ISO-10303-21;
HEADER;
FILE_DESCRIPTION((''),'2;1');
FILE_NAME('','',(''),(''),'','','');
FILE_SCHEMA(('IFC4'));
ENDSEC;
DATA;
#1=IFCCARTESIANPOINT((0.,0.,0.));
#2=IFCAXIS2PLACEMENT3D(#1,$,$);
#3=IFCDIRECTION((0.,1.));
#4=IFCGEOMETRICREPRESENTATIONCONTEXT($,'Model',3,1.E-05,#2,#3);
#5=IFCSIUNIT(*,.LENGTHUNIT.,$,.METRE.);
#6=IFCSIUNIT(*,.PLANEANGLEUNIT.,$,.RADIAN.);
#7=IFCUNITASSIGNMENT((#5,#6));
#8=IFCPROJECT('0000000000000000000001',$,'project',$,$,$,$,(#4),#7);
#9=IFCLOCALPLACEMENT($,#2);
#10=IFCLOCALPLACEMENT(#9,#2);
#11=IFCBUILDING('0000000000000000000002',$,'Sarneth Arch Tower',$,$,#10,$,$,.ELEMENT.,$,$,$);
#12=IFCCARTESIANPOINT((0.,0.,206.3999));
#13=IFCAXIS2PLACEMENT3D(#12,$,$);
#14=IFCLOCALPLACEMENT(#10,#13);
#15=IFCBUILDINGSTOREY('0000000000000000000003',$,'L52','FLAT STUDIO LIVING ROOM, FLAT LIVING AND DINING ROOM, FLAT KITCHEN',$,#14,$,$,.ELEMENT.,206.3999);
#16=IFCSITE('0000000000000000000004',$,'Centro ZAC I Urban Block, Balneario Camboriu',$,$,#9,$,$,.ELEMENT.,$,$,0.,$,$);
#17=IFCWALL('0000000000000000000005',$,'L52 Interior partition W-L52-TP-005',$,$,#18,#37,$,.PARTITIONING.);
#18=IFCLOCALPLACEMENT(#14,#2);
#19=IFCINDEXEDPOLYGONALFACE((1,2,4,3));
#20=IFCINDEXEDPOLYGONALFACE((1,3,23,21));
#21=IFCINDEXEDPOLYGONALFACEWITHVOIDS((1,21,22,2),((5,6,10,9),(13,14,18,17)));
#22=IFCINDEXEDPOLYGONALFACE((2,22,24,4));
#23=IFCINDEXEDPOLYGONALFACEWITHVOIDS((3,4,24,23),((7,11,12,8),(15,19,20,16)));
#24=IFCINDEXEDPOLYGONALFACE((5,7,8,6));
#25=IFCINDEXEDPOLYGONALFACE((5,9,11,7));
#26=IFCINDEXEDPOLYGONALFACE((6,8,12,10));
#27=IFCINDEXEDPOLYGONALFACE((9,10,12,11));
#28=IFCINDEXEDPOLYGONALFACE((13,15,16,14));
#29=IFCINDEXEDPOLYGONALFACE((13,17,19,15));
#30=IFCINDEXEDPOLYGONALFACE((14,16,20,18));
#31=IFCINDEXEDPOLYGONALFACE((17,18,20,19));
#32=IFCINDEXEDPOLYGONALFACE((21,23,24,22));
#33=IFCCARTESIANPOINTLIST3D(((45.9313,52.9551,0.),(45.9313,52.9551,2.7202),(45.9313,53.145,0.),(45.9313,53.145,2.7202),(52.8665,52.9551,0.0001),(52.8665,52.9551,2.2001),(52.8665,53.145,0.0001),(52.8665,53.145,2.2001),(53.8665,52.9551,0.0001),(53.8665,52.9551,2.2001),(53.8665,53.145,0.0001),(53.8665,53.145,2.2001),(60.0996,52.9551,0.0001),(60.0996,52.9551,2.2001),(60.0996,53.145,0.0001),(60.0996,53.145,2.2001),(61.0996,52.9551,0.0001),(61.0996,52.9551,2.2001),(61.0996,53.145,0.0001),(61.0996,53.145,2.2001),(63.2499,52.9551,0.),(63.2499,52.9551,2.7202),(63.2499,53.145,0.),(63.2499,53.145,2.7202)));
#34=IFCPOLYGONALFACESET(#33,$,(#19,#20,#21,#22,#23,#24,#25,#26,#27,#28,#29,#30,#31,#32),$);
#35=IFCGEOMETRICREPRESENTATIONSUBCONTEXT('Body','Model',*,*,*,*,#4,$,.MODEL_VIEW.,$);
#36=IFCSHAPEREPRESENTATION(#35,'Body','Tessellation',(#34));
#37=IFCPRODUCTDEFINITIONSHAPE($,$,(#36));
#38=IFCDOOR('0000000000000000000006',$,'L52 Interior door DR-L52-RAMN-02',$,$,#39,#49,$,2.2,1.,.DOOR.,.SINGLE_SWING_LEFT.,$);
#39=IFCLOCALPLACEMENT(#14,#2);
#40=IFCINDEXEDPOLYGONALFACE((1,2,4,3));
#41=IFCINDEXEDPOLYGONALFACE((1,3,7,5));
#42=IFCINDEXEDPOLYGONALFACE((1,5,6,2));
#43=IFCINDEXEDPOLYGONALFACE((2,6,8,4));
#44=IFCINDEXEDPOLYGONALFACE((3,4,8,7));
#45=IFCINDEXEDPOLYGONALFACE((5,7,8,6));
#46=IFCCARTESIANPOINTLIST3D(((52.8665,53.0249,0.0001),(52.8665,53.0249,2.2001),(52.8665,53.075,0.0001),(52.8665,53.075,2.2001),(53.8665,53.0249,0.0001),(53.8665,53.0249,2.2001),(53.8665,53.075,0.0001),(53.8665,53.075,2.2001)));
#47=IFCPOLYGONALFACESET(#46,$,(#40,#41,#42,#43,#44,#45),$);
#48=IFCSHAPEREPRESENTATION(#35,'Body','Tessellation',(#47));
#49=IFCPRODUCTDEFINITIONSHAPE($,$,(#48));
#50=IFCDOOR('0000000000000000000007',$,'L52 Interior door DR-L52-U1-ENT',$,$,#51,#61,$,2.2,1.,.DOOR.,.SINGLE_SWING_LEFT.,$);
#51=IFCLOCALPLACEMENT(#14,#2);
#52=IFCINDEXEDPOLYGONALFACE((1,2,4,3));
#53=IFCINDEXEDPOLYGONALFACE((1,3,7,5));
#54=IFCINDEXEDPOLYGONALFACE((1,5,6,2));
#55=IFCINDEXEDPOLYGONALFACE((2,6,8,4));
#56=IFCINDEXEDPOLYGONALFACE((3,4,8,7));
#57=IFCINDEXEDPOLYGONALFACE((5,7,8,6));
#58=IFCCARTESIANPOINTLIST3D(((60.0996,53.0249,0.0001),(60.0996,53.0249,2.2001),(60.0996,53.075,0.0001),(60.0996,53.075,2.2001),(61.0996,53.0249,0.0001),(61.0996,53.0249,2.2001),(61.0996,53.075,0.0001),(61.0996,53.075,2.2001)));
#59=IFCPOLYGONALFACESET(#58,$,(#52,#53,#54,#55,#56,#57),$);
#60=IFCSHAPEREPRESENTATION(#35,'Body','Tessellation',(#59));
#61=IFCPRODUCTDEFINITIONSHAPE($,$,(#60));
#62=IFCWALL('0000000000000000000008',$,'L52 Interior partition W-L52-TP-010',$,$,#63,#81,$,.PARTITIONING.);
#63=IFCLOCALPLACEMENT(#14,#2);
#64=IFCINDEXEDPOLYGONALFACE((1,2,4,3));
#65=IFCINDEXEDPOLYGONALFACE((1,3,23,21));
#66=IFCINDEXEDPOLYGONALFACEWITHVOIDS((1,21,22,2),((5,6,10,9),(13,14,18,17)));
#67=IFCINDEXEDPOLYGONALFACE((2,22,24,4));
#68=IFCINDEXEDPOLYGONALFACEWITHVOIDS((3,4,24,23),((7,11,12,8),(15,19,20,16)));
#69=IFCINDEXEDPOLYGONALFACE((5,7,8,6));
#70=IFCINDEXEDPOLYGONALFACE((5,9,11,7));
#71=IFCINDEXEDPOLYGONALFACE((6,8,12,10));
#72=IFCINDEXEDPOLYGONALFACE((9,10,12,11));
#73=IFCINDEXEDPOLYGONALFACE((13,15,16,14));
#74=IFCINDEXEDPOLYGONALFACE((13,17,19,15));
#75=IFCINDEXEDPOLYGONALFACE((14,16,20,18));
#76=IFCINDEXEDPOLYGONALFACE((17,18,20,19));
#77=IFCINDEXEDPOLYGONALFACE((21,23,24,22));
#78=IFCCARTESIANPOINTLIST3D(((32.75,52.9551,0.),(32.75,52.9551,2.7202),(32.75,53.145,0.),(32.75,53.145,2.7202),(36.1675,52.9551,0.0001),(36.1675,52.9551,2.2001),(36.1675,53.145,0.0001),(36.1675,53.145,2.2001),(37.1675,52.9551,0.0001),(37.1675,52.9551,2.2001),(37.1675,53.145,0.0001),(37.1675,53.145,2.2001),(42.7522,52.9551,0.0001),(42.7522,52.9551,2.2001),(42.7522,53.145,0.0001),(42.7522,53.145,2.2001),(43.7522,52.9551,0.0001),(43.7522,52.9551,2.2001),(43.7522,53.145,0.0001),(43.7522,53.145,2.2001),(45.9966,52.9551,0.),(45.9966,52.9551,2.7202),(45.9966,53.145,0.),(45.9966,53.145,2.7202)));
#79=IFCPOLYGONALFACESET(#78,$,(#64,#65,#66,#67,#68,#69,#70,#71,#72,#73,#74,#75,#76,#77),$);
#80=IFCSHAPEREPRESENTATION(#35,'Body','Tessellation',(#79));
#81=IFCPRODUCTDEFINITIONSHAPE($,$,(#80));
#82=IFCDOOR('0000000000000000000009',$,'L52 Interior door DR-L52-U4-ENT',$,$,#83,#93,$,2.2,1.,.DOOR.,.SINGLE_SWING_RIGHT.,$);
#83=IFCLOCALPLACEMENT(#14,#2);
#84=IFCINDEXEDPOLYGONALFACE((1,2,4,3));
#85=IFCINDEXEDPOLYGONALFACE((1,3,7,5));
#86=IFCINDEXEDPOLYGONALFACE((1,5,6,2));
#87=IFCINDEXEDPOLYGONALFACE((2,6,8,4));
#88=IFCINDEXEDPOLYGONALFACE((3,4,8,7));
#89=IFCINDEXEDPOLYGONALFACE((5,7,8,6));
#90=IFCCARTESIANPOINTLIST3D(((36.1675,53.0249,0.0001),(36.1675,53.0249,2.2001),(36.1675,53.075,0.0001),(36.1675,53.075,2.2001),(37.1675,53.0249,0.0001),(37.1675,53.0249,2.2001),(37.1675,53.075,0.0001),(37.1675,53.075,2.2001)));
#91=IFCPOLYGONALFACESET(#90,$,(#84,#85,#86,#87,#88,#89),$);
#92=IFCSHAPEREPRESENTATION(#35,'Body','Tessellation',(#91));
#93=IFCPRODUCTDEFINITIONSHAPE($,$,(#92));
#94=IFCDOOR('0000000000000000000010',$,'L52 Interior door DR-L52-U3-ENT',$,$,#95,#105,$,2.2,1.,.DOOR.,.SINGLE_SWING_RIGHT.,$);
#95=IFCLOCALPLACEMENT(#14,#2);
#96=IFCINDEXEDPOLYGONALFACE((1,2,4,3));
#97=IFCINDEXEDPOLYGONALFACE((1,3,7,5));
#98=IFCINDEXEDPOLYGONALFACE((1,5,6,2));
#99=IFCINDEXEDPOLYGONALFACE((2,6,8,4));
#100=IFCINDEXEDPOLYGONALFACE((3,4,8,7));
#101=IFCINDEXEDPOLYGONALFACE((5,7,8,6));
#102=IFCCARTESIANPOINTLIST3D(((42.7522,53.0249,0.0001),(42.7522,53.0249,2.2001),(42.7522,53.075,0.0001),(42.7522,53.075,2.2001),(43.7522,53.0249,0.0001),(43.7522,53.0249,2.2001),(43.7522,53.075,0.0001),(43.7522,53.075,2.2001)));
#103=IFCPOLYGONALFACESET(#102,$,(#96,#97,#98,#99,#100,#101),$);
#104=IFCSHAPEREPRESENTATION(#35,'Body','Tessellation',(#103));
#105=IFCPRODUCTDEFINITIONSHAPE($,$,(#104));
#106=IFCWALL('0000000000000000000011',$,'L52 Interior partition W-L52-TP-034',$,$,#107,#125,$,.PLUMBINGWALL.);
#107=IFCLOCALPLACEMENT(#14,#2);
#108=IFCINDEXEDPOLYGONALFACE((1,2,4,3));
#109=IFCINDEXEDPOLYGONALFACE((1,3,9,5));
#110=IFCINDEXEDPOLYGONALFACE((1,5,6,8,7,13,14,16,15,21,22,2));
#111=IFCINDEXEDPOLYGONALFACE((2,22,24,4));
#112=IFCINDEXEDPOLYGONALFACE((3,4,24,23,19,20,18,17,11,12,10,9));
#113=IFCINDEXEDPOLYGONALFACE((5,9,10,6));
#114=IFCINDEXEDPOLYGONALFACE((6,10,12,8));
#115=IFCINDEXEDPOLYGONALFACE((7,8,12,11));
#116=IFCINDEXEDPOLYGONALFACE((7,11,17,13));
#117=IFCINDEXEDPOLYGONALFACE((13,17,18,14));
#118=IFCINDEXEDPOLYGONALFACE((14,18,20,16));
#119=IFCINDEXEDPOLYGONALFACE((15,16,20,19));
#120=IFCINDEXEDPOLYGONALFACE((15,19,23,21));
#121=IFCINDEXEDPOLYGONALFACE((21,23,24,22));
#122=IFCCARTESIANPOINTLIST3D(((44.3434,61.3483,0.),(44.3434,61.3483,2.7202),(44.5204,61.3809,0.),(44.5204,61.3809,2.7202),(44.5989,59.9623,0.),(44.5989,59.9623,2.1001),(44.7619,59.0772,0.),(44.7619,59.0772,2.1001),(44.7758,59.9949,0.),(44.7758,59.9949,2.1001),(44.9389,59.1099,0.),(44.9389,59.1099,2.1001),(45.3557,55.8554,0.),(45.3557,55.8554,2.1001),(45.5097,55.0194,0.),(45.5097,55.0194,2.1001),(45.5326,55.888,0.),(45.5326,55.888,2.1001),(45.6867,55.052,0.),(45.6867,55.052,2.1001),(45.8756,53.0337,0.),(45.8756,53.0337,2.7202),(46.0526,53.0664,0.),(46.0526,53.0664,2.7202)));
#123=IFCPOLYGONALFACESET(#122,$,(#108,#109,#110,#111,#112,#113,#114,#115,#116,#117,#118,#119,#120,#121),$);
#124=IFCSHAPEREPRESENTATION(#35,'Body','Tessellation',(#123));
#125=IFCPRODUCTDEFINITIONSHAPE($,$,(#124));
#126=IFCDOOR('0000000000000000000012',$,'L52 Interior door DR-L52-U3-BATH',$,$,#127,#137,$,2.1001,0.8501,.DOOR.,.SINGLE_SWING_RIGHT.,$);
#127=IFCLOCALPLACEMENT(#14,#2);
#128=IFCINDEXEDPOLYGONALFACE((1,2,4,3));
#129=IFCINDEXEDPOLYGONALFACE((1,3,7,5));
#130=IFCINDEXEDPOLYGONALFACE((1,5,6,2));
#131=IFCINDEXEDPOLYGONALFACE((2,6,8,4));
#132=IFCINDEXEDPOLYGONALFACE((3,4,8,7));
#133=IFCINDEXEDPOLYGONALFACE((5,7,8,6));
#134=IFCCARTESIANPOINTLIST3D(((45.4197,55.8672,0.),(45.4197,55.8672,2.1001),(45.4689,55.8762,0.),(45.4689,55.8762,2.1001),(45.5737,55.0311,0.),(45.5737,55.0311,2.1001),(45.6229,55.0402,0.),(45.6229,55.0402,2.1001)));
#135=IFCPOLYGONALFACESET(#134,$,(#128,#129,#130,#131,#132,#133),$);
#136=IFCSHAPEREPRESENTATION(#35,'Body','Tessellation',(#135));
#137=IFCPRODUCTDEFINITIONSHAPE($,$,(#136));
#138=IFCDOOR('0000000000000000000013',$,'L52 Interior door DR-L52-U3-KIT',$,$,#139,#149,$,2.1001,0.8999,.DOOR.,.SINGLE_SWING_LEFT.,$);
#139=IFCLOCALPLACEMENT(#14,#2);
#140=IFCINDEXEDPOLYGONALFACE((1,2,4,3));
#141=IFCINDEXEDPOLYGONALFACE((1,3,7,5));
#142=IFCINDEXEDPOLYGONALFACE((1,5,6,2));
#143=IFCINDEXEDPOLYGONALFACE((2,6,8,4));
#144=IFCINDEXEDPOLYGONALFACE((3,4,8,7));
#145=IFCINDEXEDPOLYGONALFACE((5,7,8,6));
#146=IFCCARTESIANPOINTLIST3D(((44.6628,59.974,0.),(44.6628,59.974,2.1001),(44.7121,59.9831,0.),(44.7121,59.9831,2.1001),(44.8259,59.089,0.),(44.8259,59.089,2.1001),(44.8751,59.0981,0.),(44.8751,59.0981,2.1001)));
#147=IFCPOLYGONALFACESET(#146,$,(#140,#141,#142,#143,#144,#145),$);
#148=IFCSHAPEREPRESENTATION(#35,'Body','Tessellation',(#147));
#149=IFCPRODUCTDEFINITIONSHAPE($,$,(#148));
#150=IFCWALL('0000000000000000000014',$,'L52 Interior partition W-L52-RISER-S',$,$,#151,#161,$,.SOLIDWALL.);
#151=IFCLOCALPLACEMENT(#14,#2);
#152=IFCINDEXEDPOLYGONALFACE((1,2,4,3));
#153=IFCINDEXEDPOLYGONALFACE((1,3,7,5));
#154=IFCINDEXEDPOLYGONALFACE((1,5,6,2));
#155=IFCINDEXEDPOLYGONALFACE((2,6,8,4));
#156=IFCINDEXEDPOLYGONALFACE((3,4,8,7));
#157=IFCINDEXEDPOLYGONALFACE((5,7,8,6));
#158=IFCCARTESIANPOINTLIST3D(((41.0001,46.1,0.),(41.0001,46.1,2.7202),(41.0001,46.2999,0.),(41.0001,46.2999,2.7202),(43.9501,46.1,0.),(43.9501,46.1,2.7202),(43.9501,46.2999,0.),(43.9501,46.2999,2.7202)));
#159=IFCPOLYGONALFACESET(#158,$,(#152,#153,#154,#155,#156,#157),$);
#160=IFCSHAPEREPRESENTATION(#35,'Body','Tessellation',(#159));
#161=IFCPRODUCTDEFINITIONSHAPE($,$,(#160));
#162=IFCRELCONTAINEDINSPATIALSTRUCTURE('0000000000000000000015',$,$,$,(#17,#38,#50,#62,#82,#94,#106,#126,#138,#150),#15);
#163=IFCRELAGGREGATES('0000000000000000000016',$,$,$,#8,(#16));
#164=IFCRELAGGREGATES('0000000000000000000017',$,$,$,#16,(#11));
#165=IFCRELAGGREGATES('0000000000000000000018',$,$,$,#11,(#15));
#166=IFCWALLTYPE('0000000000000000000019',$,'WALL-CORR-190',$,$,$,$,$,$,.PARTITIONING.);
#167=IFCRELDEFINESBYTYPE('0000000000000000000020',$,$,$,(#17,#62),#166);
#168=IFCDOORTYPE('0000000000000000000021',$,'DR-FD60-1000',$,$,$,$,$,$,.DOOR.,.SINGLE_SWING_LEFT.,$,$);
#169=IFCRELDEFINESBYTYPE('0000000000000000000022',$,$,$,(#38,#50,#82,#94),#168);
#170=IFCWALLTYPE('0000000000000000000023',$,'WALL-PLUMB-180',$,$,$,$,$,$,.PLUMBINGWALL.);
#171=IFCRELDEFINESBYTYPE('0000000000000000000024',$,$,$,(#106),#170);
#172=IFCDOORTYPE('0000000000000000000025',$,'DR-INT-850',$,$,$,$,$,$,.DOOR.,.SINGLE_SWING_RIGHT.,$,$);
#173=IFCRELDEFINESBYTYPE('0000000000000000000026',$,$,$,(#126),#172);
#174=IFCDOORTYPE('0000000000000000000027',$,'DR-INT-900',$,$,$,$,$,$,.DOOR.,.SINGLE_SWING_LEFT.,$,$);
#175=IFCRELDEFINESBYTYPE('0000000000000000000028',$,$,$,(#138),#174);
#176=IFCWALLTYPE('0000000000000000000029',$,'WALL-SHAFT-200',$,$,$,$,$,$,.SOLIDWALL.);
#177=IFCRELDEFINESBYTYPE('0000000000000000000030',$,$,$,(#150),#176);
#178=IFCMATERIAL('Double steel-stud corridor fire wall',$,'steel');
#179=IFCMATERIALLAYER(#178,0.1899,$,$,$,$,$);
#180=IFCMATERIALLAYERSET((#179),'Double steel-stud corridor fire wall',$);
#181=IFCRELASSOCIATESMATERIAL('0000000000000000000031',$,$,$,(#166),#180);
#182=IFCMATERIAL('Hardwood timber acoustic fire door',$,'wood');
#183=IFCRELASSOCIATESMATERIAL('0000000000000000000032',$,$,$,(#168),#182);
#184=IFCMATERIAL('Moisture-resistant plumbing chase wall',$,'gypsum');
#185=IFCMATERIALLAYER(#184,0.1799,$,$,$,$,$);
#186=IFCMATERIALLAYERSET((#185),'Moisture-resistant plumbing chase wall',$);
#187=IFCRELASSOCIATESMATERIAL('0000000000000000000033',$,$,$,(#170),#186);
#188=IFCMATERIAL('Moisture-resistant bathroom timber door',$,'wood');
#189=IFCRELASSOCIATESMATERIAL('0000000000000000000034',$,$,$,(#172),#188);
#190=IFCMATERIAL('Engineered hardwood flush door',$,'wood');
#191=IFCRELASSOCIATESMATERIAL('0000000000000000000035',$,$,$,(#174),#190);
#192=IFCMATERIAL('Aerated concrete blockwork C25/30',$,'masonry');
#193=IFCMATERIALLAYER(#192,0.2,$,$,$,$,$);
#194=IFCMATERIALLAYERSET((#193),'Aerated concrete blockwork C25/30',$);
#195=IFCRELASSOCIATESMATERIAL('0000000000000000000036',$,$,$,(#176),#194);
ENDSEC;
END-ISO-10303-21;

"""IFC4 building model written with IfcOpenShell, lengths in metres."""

from ifc_helpers import new_model, si_unit, direction, frame, frame_2d, origin, place, context, subcontext, project, spatial, rectangle, extrude, material, layer, layer_set, type_object, element, fill, save


model = new_model("IFC4")

# Units and contexts
model_context = context("Model", 3, precision=1e-05, world=origin(), true_north=direction((0.0, 1.0)))
body_context = subcontext(model_context, "Body", "Model", "MODEL_VIEW")
ifc_project = project(units=[si_unit("LENGTHUNIT", "METRE"), si_unit("PLANEANGLEUNIT", "RADIAN")], contexts=[model_context])

# Site, building, storey
site_placement = place(None, origin())
site = spatial("IfcSite", under=ifc_project, at=site_placement, Name="Centro ZAC I Urban Block, Balneario Camboriu", CompositionType="ELEMENT", RefElevation=0.0)
building_placement = place(site_placement, origin())
building = spatial("IfcBuilding", under=site, at=building_placement, Name="Sarneth Arch Tower", CompositionType="ELEMENT")
storey_placement = place(building_placement, frame((0.0, 0.0, 206.3999)))
storey = spatial("IfcBuildingStorey", under=building, at=storey_placement, Name="L52", Description="FLAT STUDIO LIVING ROOM, FLAT LIVING AND DINING ROOM, FLAT KITCHEN", CompositionType="ELEMENT", Elevation=206.3999)

# Walls, openings, doors
ifc_material_1 = material(Name="Double steel-stud corridor fire wall", Category="steel")
ifc_layer_1 = layer(ifc_material_1, 0.1899)
ifc_layer_set_1 = layer_set([ifc_layer_1], Name="Double steel-stud corridor fire wall")
wall_type_1 = type_object("IfcWallType", Name="WALL-CORR-190", PredefinedType="PARTITIONING", material=ifc_layer_set_1)
wall_1_placement = place(storey_placement, frame((45.9314, 53.05, 0.0), z_axis=(0.0, 0.0, 1.0), x_axis=(1.0, 0.0, 0.0)))
wall_1 = element("IfcWall", 1, at=wall_1_placement, inside=storey, type_object=wall_type_1, Name="L52 Interior partition W-L52-TP-005", PredefinedType="PARTITIONING", context=body_context, shape_type="SweptSolid", body=[
    extrude(rectangle(XDim=17.3186, YDim=0.1899, at=frame_2d((8.6592, 0.0))), origin(), (0.0, 0.0, 1.0), 2.7202),
])
opening_1_placement = place(wall_1_placement, frame((6.9351, 0.0, 0.0)))
opening_1 = element("IfcOpeningElement", 2, at=opening_1_placement, cuts=wall_1, PredefinedType="OPENING", context=body_context, shape_type="SweptSolid", body=[
    extrude(rectangle(XDim=1.0, YDim=2.2, at=frame_2d((0.5, 1.1001))), frame((0.0, 0.105, 0.0), z_axis=(0.0, -1.0, 0.0), x_axis=(1.0, 0.0, 0.0)), (0.0, 0.0, 1.0), 0.21),
])
opening_2_placement = place(wall_1_placement, frame((14.1682, 0.0, 0.0)))
opening_2 = element("IfcOpeningElement", 3, at=opening_2_placement, cuts=wall_1, PredefinedType="OPENING", context=body_context, shape_type="SweptSolid", body=[
    extrude(rectangle(XDim=1.0, YDim=2.2, at=frame_2d((0.5, 1.1001))), frame((0.0, 0.105, 0.0), z_axis=(0.0, -1.0, 0.0), x_axis=(1.0, 0.0, 0.0)), (0.0, 0.0, 1.0), 0.21),
])
ifc_material_2 = material(Name="Hardwood timber acoustic fire door", Category="wood")
door_type_1 = type_object("IfcDoorType", Name="DR-FD60-1000", OperationType="SINGLE_SWING_LEFT", PredefinedType="DOOR", material=ifc_material_2)
door_1_placement = place(opening_1_placement, origin())
door_1 = element("IfcDoor", 4, at=door_1_placement, inside=storey, type_object=door_type_1, Name="L52 Interior door DR-L52-RAMN-02", OperationType="SINGLE_SWING_LEFT", OverallHeight=2.2, OverallWidth=1.0, PredefinedType="DOOR", context=body_context, shape_type="SweptSolid", body=[
    extrude(rectangle(XDim=1.0, YDim=2.2, at=frame_2d((0.5, 1.1001))), frame((0.0, 0.0249, 0.0), z_axis=(0.0, -1.0, 0.0), x_axis=(1.0, 0.0, 0.0)), (0.0, 0.0, 1.0), 0.05),
])
fill(opening_1, door_1)
door_2_placement = place(opening_2_placement, origin())
door_2 = element("IfcDoor", 5, at=door_2_placement, inside=storey, type_object=door_type_1, Name="L52 Interior door DR-L52-U1-ENT", OperationType="SINGLE_SWING_LEFT", OverallHeight=2.2, OverallWidth=1.0, PredefinedType="DOOR", context=body_context, shape_type="SweptSolid", body=[
    extrude(rectangle(XDim=1.0, YDim=2.2, at=frame_2d((0.5, 1.1001))), frame((0.0, 0.0249, 0.0), z_axis=(0.0, -1.0, 0.0), x_axis=(1.0, 0.0, 0.0)), (0.0, 0.0, 1.0), 0.05),
])
fill(opening_2, door_2)
wall_2_placement = place(storey_placement, frame((32.75, 53.05, 0.0), z_axis=(0.0, 0.0, 1.0), x_axis=(1.0, 0.0, 0.0)))
wall_2 = element("IfcWall", 6, at=wall_2_placement, inside=storey, type_object=wall_type_1, Name="L52 Interior partition W-L52-TP-010", PredefinedType="PARTITIONING", context=body_context, shape_type="SweptSolid", body=[
    extrude(rectangle(XDim=13.2466, YDim=0.1899, at=frame_2d((6.6233, 0.0))), origin(), (0.0, 0.0, 1.0), 2.7202),
])
opening_3_placement = place(wall_2_placement, frame((3.4175, 0.0, 0.0)))
opening_3 = element("IfcOpeningElement", 7, at=opening_3_placement, cuts=wall_2, PredefinedType="OPENING", context=body_context, shape_type="SweptSolid", body=[
    extrude(rectangle(XDim=1.0, YDim=2.2, at=frame_2d((0.5, 1.1001))), frame((0.0, 0.105, 0.0), z_axis=(0.0, -1.0, 0.0), x_axis=(1.0, 0.0, 0.0)), (0.0, 0.0, 1.0), 0.21),
])
opening_4_placement = place(wall_2_placement, frame((10.0022, 0.0, 0.0)))
opening_4 = element("IfcOpeningElement", 8, at=opening_4_placement, cuts=wall_2, PredefinedType="OPENING", context=body_context, shape_type="SweptSolid", body=[
    extrude(rectangle(XDim=1.0, YDim=2.2, at=frame_2d((0.5, 1.1001))), frame((0.0, 0.105, 0.0), z_axis=(0.0, -1.0, 0.0), x_axis=(1.0, 0.0, 0.0)), (0.0, 0.0, 1.0), 0.21),
])
door_3_placement = place(opening_3_placement, origin())
door_3 = element("IfcDoor", 9, at=door_3_placement, inside=storey, type_object=door_type_1, Name="L52 Interior door DR-L52-U4-ENT", OperationType="SINGLE_SWING_RIGHT", OverallHeight=2.2, OverallWidth=1.0, PredefinedType="DOOR", context=body_context, shape_type="SweptSolid", body=[
    extrude(rectangle(XDim=1.0, YDim=2.2, at=frame_2d((0.5, 1.1001))), frame((0.0, 0.0249, 0.0), z_axis=(0.0, -1.0, 0.0), x_axis=(1.0, 0.0, 0.0)), (0.0, 0.0, 1.0), 0.05),
])
fill(opening_3, door_3)
door_4_placement = place(opening_4_placement, origin())
door_4 = element("IfcDoor", 10, at=door_4_placement, inside=storey, type_object=door_type_1, Name="L52 Interior door DR-L52-U3-ENT", OperationType="SINGLE_SWING_RIGHT", OverallHeight=2.2, OverallWidth=1.0, PredefinedType="DOOR", context=body_context, shape_type="SweptSolid", body=[
    extrude(rectangle(XDim=1.0, YDim=2.2, at=frame_2d((0.5, 1.1001))), frame((0.0, 0.0249, 0.0), z_axis=(0.0, -1.0, 0.0), x_axis=(1.0, 0.0, 0.0)), (0.0, 0.0, 1.0), 0.05),
])
fill(opening_4, door_4)
ifc_material_3 = material(Name="Moisture-resistant plumbing chase wall", Category="gypsum")
ifc_layer_2 = layer(ifc_material_3, 0.1799)
ifc_layer_set_2 = layer_set([ifc_layer_2], Name="Moisture-resistant plumbing chase wall")
wall_type_2 = type_object("IfcWallType", Name="WALL-PLUMB-180", PredefinedType="PLUMBINGWALL", material=ifc_layer_set_2)
wall_3_placement = place(storey_placement, frame((45.9641, 53.05, 0.0), z_axis=(0.0, 0.0, 1.0), x_axis=(-0.181228, 0.983441, 0.0)))
wall_3 = element("IfcWall", 11, at=wall_3_placement, inside=storey, type_object=wall_type_2, Name="L52 Interior partition W-L52-TP-034", PredefinedType="PLUMBINGWALL", context=body_context, shape_type="SweptSolid", body=[
    extrude(rectangle(XDim=8.4546, YDim=0.1799, at=frame_2d((4.2273, 0.0))), origin(), (0.0, 0.0, 1.0), 2.7202),
])
opening_5_placement = place(wall_3_placement, frame((2.019, 0.0, 0.0)))
opening_5 = element("IfcOpeningElement", 12, at=opening_5_placement, cuts=wall_3, PredefinedType="OPENING", context=body_context, shape_type="SweptSolid", body=[
    extrude(rectangle(XDim=0.8501, YDim=2.1001, at=frame_2d((0.425, 1.05))), frame((0.0, 0.0999, 0.0), z_axis=(0.0, -1.0, 0.0), x_axis=(1.0, 0.0, 0.0)), (0.0, 0.0, 1.0), 0.2),
])
opening_6_placement = place(wall_3_placement, frame((6.1453, 0.0, 0.0)))
opening_6 = element("IfcOpeningElement", 13, at=opening_6_placement, cuts=wall_3, PredefinedType="OPENING", context=body_context, shape_type="SweptSolid", body=[
    extrude(rectangle(XDim=0.8999, YDim=2.1001, at=frame_2d((0.45, 1.05))), frame((0.0, 0.0999, 0.0), z_axis=(0.0, -1.0, 0.0), x_axis=(1.0, 0.0, 0.0)), (0.0, 0.0, 1.0), 0.2),
])
ifc_material_4 = material(Name="Moisture-resistant bathroom timber door", Category="wood")
door_type_2 = type_object("IfcDoorType", Name="DR-INT-850", OperationType="SINGLE_SWING_RIGHT", PredefinedType="DOOR", material=ifc_material_4)
door_5_placement = place(opening_5_placement, origin())
door_5 = element("IfcDoor", 14, at=door_5_placement, inside=storey, type_object=door_type_2, Name="L52 Interior door DR-L52-U3-BATH", OperationType="SINGLE_SWING_RIGHT", OverallHeight=2.1001, OverallWidth=0.8501, PredefinedType="DOOR", context=body_context, shape_type="SweptSolid", body=[
    extrude(rectangle(XDim=0.8501, YDim=2.1001, at=frame_2d((0.425, 1.05))), frame((0.0, 0.0249, 0.0), z_axis=(0.0, -1.0, 0.0), x_axis=(1.0, 0.0, 0.0)), (0.0, 0.0, 1.0), 0.05),
])
fill(opening_5, door_5)
ifc_material_5 = material(Name="Engineered hardwood flush door", Category="wood")
door_type_3 = type_object("IfcDoorType", Name="DR-INT-900", OperationType="SINGLE_SWING_LEFT", PredefinedType="DOOR", material=ifc_material_5)
door_6_placement = place(opening_6_placement, origin())
door_6 = element("IfcDoor", 15, at=door_6_placement, inside=storey, type_object=door_type_3, Name="L52 Interior door DR-L52-U3-KIT", OperationType="SINGLE_SWING_LEFT", OverallHeight=2.1001, OverallWidth=0.8999, PredefinedType="DOOR", context=body_context, shape_type="SweptSolid", body=[
    extrude(rectangle(XDim=0.8999, YDim=2.1001, at=frame_2d((0.45, 1.05))), frame((0.0, 0.0249, 0.0), z_axis=(0.0, -1.0, 0.0), x_axis=(1.0, 0.0, 0.0)), (0.0, 0.0, 1.0), 0.05),
])
fill(opening_6, door_6)

# Wall
ifc_material_6 = material(Name="Aerated concrete blockwork C25/30", Category="masonry")
ifc_layer_3 = layer(ifc_material_6, 0.2)
ifc_layer_set_3 = layer_set([ifc_layer_3], Name="Aerated concrete blockwork C25/30")
wall_type_3 = type_object("IfcWallType", Name="WALL-SHAFT-200", PredefinedType="SOLIDWALL", material=ifc_layer_set_3)
wall_4_placement = place(storey_placement, frame((41.0, 46.2, 0.0), z_axis=(0.0, 0.0, 1.0), x_axis=(1.0, 0.0, 0.0)))
element("IfcWall", 16, at=wall_4_placement, inside=storey, type_object=wall_type_3, Name="L52 Interior partition W-L52-RISER-S", PredefinedType="SOLIDWALL", context=body_context, shape_type="SweptSolid", body=[
    extrude(rectangle(XDim=2.95, YDim=0.2, at=frame_2d((1.4751, 0.0))), origin(), (0.0, 0.0, 1.0), 2.7202),
])

save(model, "model.ifc")
